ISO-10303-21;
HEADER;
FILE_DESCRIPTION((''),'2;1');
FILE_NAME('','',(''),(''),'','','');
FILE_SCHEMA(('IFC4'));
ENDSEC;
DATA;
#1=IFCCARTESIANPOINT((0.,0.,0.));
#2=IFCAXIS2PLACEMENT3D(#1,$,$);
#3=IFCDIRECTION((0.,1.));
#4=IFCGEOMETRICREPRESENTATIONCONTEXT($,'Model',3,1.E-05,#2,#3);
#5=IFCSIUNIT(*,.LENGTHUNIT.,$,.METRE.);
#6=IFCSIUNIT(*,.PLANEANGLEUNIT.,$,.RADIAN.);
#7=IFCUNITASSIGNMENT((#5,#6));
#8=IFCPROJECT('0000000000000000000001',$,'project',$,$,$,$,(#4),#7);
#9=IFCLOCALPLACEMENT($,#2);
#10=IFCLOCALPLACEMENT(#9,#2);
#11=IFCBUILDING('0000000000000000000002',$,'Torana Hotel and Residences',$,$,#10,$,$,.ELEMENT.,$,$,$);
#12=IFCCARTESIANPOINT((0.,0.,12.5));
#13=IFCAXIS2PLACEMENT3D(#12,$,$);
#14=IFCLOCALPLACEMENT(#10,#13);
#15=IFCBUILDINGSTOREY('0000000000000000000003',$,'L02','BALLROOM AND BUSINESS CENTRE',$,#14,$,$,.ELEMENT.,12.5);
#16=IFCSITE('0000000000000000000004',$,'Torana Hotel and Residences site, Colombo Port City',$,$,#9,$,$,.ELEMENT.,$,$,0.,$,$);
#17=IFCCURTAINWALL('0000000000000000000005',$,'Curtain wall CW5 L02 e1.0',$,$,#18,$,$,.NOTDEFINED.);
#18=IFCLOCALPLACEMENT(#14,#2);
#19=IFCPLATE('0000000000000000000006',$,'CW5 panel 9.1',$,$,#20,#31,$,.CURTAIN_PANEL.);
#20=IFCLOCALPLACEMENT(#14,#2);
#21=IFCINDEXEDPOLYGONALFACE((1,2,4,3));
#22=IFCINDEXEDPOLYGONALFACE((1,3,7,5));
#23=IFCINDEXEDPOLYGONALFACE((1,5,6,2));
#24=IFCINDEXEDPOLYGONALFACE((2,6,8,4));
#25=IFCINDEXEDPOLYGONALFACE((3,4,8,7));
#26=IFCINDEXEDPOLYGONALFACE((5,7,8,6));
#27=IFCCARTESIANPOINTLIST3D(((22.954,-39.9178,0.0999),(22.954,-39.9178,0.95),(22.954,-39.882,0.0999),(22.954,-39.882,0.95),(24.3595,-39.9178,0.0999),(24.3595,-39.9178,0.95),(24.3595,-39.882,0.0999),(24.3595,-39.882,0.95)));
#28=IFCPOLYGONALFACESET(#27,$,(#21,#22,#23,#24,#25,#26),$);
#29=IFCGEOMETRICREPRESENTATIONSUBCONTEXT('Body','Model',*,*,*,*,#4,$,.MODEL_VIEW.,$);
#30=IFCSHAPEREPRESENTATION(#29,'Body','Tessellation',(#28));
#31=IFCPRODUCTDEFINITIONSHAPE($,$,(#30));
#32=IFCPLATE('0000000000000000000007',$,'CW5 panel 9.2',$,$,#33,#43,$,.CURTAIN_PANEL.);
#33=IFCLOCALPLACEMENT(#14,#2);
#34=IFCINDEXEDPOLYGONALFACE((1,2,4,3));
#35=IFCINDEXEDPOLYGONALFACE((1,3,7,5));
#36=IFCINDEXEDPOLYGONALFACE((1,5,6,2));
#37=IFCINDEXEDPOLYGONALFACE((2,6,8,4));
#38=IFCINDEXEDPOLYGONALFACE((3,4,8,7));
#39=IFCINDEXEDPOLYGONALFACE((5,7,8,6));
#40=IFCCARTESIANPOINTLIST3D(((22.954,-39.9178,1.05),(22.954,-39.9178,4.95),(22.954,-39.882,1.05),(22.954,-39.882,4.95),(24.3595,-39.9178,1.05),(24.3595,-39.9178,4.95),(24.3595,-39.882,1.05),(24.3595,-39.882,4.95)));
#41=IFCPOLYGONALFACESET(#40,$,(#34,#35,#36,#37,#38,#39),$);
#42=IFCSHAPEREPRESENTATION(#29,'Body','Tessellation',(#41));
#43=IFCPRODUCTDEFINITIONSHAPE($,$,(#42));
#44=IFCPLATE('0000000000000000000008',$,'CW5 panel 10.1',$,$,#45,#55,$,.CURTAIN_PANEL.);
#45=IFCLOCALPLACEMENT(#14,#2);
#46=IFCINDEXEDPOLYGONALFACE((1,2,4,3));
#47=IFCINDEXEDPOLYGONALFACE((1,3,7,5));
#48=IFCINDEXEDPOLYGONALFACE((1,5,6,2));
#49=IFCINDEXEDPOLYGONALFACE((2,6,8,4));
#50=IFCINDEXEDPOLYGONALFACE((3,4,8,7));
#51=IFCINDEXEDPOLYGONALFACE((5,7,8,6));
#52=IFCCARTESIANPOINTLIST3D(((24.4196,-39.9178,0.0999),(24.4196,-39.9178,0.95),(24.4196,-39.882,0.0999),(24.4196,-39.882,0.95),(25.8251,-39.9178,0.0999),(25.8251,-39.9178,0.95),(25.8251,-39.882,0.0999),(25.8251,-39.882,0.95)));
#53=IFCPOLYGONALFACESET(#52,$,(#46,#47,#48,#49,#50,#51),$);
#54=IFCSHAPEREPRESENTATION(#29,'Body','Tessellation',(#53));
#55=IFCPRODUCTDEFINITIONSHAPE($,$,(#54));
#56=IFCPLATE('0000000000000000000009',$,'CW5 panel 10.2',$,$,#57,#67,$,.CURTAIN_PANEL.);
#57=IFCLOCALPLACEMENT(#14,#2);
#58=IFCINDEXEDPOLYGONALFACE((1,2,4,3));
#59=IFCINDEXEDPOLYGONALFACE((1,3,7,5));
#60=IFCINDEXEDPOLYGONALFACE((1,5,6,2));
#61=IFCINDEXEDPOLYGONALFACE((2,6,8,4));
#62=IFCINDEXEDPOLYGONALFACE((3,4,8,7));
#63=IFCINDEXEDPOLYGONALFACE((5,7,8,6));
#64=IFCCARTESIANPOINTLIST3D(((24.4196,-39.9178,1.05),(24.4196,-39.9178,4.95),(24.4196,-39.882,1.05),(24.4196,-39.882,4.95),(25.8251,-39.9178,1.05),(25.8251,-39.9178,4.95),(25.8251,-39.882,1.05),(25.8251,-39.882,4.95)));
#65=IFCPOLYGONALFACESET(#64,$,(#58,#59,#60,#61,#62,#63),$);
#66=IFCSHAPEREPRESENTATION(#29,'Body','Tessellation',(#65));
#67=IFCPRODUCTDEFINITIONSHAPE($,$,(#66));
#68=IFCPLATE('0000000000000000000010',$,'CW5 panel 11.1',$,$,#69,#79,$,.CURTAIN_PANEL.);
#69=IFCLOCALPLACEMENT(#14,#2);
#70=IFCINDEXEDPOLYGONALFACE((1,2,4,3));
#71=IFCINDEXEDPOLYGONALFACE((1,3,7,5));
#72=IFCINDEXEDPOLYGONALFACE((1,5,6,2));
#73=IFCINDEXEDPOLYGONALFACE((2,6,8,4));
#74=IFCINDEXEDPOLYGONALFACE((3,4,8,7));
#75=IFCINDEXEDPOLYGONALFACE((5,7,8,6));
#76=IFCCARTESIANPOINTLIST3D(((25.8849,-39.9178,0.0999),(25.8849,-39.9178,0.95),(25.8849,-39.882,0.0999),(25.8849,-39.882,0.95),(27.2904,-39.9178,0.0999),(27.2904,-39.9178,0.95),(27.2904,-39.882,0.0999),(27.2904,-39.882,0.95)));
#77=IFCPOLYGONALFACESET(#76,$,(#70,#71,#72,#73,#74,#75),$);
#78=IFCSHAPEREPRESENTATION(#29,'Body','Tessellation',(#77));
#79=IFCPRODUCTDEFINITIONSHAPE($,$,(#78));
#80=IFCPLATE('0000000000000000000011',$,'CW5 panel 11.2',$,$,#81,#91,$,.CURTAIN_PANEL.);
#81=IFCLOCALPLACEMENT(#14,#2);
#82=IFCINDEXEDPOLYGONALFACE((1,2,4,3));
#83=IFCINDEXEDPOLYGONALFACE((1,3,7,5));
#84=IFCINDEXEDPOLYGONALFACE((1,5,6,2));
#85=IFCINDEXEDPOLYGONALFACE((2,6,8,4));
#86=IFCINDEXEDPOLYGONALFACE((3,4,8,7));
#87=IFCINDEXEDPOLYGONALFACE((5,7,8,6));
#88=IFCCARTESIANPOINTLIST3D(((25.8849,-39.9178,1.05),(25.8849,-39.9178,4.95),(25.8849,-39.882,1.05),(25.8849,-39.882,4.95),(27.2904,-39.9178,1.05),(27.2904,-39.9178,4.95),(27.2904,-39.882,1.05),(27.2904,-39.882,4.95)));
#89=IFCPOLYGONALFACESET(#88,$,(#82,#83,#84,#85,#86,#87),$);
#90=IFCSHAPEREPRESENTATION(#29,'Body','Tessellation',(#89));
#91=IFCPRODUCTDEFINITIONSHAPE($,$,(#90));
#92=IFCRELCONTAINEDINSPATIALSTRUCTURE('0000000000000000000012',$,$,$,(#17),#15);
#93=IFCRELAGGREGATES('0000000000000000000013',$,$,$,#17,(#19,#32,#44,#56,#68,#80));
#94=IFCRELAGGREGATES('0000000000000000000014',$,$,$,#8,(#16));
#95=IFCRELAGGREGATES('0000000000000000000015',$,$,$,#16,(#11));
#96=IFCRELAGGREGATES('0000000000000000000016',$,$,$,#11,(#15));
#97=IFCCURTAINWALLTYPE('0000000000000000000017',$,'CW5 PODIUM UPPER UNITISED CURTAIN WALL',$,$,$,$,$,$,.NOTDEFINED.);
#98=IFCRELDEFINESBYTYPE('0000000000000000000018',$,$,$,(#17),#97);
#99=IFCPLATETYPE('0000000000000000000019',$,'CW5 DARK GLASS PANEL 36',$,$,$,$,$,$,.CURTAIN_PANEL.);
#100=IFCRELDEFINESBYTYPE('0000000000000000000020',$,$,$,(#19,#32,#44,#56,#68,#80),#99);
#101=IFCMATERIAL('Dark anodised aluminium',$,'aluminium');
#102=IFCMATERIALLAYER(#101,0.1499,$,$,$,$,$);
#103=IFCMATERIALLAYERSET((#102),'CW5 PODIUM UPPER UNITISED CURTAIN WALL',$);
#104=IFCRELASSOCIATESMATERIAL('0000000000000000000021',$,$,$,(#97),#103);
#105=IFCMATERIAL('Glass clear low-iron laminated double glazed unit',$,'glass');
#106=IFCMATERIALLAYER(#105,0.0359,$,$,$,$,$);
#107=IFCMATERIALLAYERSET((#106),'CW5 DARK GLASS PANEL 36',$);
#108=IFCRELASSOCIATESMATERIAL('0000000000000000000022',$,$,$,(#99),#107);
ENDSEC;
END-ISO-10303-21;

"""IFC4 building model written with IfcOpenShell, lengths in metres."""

from ifc_helpers import new_model, si_unit, direction, frame, origin, origin_2d, place, context, subcontext, project, spatial, rectangle, extrude, material, layer, layer_set, type_object, element, aggregate, save


model = new_model("IFC4")

# Units and contexts
model_context = context("Model", 3, precision=1e-05, world=origin(), true_north=direction((0.0, 1.0)))
body_context = subcontext(model_context, "Body", "Model", "MODEL_VIEW")
ifc_project = project(units=[si_unit("LENGTHUNIT", "METRE"), si_unit("PLANEANGLEUNIT", "RADIAN")], contexts=[model_context])

# Site, building, storey
site_placement = place(None, origin())
site = spatial("IfcSite", under=ifc_project, at=site_placement, Name="Torana Hotel and Residences site, Colombo Port City", CompositionType="ELEMENT", RefElevation=0.0)
building_placement = place(site_placement, origin())
building = spatial("IfcBuilding", under=site, at=building_placement, Name="Torana Hotel and Residences", CompositionType="ELEMENT")
storey_placement = place(building_placement, frame((0.0, 0.0, 12.5)))
storey = spatial("IfcBuildingStorey", under=building, at=storey_placement, Name="L02", Description="BALLROOM AND BUSINESS CENTRE", CompositionType="ELEMENT", Elevation=12.5)

# Curtain wall, plates
ifc_material_1 = material(Name="Dark anodised aluminium", Category="aluminium")
ifc_layer_1 = layer(ifc_material_1, 0.1499)
ifc_layer_set_1 = layer_set([ifc_layer_1], Name="CW5 PODIUM UPPER UNITISED CURTAIN WALL")
curtain_wall_type = type_object("IfcCurtainWallType", Name="CW5 PODIUM UPPER UNITISED CURTAIN WALL", PredefinedType="NOTDEFINED", material=ifc_layer_set_1)
curtain_wall_placement = place(storey_placement, origin())
curtain_wall = element("IfcCurtainWall", 1, at=curtain_wall_placement, inside=storey, type_object=curtain_wall_type, Name="Curtain wall CW5 L02 e1.0", PredefinedType="NOTDEFINED")
ifc_material_2 = material(Name="Glass clear low-iron laminated double glazed unit", Category="glass")
ifc_layer_2 = layer(ifc_material_2, 0.0359)
ifc_layer_set_2 = layer_set([ifc_layer_2], Name="CW5 DARK GLASS PANEL 36")
plate_type = type_object("IfcPlateType", Name="CW5 DARK GLASS PANEL 36", PredefinedType="CURTAIN_PANEL", material=ifc_layer_set_2)
plate_1_placement = place(storey_placement, frame((23.6567, -39.8999, 0.0999), z_axis=(0.0, 0.0, 1.0), x_axis=(1.0, 0.0, 0.0)))
plate_1 = element("IfcPlate", 2, at=plate_1_placement, type_object=plate_type, Name="CW5 panel 9.1", PredefinedType="CURTAIN_PANEL", context=body_context, shape_type="SweptSolid", body=[
    extrude(rectangle(XDim=1.4055, YDim=0.0359, at=origin_2d()), origin(), (0.0, 0.0, 1.0), 0.8501),
])
plate_2_placement = place(storey_placement, frame((23.6567, -39.8999, 1.05), z_axis=(0.0, 0.0, 1.0), x_axis=(1.0, 0.0, 0.0)))
plate_2 = element("IfcPlate", 3, at=plate_2_placement, type_object=plate_type, Name="CW5 panel 9.2", PredefinedType="CURTAIN_PANEL", context=body_context, shape_type="SweptSolid", body=[
    extrude(rectangle(XDim=1.4055, YDim=0.0359, at=origin_2d()), origin(), (0.0, 0.0, 1.0), 3.8999),
])
plate_3_placement = place(storey_placement, frame((25.1223, -39.8999, 0.0999), z_axis=(0.0, 0.0, 1.0), x_axis=(1.0, 0.0, 0.0)))
plate_3 = element("IfcPlate", 4, at=plate_3_placement, type_object=plate_type, Name="CW5 panel 10.1", PredefinedType="CURTAIN_PANEL", context=body_context, shape_type="SweptSolid", body=[
    extrude(rectangle(XDim=1.4055, YDim=0.0359, at=origin_2d()), origin(), (0.0, 0.0, 1.0), 0.8501),
])
plate_4_placement = place(storey_placement, frame((25.1223, -39.8999, 1.05), z_axis=(0.0, 0.0, 1.0), x_axis=(1.0, 0.0, 0.0)))
plate_4 = element("IfcPlate", 5, at=plate_4_placement, type_object=plate_type, Name="CW5 panel 10.2", PredefinedType="CURTAIN_PANEL", context=body_context, shape_type="SweptSolid", body=[
    extrude(rectangle(XDim=1.4055, YDim=0.0359, at=origin_2d()), origin(), (0.0, 0.0, 1.0), 3.8999),
])
plate_5_placement = place(storey_placement, frame((26.5876, -39.8999, 0.0999), z_axis=(0.0, 0.0, 1.0), x_axis=(1.0, 0.0, 0.0)))
plate_5 = element("IfcPlate", 6, at=plate_5_placement, type_object=plate_type, Name="CW5 panel 11.1", PredefinedType="CURTAIN_PANEL", context=body_context, shape_type="SweptSolid", body=[
    extrude(rectangle(XDim=1.4055, YDim=0.0359, at=origin_2d()), origin(), (0.0, 0.0, 1.0), 0.8501),
])
plate_6_placement = place(storey_placement, frame((26.5876, -39.8999, 1.05), z_axis=(0.0, 0.0, 1.0), x_axis=(1.0, 0.0, 0.0)))
plate_6 = element("IfcPlate", 7, at=plate_6_placement, type_object=plate_type, Name="CW5 panel 11.2", PredefinedType="CURTAIN_PANEL", context=body_context, shape_type="SweptSolid", body=[
    extrude(rectangle(XDim=1.4055, YDim=0.0359, at=origin_2d()), origin(), (0.0, 0.0, 1.0), 3.8999),
])
aggregate(curtain_wall, [plate_1, plate_2, plate_3, plate_4, plate_5, plate_6])

save(model, "model.ifc")
